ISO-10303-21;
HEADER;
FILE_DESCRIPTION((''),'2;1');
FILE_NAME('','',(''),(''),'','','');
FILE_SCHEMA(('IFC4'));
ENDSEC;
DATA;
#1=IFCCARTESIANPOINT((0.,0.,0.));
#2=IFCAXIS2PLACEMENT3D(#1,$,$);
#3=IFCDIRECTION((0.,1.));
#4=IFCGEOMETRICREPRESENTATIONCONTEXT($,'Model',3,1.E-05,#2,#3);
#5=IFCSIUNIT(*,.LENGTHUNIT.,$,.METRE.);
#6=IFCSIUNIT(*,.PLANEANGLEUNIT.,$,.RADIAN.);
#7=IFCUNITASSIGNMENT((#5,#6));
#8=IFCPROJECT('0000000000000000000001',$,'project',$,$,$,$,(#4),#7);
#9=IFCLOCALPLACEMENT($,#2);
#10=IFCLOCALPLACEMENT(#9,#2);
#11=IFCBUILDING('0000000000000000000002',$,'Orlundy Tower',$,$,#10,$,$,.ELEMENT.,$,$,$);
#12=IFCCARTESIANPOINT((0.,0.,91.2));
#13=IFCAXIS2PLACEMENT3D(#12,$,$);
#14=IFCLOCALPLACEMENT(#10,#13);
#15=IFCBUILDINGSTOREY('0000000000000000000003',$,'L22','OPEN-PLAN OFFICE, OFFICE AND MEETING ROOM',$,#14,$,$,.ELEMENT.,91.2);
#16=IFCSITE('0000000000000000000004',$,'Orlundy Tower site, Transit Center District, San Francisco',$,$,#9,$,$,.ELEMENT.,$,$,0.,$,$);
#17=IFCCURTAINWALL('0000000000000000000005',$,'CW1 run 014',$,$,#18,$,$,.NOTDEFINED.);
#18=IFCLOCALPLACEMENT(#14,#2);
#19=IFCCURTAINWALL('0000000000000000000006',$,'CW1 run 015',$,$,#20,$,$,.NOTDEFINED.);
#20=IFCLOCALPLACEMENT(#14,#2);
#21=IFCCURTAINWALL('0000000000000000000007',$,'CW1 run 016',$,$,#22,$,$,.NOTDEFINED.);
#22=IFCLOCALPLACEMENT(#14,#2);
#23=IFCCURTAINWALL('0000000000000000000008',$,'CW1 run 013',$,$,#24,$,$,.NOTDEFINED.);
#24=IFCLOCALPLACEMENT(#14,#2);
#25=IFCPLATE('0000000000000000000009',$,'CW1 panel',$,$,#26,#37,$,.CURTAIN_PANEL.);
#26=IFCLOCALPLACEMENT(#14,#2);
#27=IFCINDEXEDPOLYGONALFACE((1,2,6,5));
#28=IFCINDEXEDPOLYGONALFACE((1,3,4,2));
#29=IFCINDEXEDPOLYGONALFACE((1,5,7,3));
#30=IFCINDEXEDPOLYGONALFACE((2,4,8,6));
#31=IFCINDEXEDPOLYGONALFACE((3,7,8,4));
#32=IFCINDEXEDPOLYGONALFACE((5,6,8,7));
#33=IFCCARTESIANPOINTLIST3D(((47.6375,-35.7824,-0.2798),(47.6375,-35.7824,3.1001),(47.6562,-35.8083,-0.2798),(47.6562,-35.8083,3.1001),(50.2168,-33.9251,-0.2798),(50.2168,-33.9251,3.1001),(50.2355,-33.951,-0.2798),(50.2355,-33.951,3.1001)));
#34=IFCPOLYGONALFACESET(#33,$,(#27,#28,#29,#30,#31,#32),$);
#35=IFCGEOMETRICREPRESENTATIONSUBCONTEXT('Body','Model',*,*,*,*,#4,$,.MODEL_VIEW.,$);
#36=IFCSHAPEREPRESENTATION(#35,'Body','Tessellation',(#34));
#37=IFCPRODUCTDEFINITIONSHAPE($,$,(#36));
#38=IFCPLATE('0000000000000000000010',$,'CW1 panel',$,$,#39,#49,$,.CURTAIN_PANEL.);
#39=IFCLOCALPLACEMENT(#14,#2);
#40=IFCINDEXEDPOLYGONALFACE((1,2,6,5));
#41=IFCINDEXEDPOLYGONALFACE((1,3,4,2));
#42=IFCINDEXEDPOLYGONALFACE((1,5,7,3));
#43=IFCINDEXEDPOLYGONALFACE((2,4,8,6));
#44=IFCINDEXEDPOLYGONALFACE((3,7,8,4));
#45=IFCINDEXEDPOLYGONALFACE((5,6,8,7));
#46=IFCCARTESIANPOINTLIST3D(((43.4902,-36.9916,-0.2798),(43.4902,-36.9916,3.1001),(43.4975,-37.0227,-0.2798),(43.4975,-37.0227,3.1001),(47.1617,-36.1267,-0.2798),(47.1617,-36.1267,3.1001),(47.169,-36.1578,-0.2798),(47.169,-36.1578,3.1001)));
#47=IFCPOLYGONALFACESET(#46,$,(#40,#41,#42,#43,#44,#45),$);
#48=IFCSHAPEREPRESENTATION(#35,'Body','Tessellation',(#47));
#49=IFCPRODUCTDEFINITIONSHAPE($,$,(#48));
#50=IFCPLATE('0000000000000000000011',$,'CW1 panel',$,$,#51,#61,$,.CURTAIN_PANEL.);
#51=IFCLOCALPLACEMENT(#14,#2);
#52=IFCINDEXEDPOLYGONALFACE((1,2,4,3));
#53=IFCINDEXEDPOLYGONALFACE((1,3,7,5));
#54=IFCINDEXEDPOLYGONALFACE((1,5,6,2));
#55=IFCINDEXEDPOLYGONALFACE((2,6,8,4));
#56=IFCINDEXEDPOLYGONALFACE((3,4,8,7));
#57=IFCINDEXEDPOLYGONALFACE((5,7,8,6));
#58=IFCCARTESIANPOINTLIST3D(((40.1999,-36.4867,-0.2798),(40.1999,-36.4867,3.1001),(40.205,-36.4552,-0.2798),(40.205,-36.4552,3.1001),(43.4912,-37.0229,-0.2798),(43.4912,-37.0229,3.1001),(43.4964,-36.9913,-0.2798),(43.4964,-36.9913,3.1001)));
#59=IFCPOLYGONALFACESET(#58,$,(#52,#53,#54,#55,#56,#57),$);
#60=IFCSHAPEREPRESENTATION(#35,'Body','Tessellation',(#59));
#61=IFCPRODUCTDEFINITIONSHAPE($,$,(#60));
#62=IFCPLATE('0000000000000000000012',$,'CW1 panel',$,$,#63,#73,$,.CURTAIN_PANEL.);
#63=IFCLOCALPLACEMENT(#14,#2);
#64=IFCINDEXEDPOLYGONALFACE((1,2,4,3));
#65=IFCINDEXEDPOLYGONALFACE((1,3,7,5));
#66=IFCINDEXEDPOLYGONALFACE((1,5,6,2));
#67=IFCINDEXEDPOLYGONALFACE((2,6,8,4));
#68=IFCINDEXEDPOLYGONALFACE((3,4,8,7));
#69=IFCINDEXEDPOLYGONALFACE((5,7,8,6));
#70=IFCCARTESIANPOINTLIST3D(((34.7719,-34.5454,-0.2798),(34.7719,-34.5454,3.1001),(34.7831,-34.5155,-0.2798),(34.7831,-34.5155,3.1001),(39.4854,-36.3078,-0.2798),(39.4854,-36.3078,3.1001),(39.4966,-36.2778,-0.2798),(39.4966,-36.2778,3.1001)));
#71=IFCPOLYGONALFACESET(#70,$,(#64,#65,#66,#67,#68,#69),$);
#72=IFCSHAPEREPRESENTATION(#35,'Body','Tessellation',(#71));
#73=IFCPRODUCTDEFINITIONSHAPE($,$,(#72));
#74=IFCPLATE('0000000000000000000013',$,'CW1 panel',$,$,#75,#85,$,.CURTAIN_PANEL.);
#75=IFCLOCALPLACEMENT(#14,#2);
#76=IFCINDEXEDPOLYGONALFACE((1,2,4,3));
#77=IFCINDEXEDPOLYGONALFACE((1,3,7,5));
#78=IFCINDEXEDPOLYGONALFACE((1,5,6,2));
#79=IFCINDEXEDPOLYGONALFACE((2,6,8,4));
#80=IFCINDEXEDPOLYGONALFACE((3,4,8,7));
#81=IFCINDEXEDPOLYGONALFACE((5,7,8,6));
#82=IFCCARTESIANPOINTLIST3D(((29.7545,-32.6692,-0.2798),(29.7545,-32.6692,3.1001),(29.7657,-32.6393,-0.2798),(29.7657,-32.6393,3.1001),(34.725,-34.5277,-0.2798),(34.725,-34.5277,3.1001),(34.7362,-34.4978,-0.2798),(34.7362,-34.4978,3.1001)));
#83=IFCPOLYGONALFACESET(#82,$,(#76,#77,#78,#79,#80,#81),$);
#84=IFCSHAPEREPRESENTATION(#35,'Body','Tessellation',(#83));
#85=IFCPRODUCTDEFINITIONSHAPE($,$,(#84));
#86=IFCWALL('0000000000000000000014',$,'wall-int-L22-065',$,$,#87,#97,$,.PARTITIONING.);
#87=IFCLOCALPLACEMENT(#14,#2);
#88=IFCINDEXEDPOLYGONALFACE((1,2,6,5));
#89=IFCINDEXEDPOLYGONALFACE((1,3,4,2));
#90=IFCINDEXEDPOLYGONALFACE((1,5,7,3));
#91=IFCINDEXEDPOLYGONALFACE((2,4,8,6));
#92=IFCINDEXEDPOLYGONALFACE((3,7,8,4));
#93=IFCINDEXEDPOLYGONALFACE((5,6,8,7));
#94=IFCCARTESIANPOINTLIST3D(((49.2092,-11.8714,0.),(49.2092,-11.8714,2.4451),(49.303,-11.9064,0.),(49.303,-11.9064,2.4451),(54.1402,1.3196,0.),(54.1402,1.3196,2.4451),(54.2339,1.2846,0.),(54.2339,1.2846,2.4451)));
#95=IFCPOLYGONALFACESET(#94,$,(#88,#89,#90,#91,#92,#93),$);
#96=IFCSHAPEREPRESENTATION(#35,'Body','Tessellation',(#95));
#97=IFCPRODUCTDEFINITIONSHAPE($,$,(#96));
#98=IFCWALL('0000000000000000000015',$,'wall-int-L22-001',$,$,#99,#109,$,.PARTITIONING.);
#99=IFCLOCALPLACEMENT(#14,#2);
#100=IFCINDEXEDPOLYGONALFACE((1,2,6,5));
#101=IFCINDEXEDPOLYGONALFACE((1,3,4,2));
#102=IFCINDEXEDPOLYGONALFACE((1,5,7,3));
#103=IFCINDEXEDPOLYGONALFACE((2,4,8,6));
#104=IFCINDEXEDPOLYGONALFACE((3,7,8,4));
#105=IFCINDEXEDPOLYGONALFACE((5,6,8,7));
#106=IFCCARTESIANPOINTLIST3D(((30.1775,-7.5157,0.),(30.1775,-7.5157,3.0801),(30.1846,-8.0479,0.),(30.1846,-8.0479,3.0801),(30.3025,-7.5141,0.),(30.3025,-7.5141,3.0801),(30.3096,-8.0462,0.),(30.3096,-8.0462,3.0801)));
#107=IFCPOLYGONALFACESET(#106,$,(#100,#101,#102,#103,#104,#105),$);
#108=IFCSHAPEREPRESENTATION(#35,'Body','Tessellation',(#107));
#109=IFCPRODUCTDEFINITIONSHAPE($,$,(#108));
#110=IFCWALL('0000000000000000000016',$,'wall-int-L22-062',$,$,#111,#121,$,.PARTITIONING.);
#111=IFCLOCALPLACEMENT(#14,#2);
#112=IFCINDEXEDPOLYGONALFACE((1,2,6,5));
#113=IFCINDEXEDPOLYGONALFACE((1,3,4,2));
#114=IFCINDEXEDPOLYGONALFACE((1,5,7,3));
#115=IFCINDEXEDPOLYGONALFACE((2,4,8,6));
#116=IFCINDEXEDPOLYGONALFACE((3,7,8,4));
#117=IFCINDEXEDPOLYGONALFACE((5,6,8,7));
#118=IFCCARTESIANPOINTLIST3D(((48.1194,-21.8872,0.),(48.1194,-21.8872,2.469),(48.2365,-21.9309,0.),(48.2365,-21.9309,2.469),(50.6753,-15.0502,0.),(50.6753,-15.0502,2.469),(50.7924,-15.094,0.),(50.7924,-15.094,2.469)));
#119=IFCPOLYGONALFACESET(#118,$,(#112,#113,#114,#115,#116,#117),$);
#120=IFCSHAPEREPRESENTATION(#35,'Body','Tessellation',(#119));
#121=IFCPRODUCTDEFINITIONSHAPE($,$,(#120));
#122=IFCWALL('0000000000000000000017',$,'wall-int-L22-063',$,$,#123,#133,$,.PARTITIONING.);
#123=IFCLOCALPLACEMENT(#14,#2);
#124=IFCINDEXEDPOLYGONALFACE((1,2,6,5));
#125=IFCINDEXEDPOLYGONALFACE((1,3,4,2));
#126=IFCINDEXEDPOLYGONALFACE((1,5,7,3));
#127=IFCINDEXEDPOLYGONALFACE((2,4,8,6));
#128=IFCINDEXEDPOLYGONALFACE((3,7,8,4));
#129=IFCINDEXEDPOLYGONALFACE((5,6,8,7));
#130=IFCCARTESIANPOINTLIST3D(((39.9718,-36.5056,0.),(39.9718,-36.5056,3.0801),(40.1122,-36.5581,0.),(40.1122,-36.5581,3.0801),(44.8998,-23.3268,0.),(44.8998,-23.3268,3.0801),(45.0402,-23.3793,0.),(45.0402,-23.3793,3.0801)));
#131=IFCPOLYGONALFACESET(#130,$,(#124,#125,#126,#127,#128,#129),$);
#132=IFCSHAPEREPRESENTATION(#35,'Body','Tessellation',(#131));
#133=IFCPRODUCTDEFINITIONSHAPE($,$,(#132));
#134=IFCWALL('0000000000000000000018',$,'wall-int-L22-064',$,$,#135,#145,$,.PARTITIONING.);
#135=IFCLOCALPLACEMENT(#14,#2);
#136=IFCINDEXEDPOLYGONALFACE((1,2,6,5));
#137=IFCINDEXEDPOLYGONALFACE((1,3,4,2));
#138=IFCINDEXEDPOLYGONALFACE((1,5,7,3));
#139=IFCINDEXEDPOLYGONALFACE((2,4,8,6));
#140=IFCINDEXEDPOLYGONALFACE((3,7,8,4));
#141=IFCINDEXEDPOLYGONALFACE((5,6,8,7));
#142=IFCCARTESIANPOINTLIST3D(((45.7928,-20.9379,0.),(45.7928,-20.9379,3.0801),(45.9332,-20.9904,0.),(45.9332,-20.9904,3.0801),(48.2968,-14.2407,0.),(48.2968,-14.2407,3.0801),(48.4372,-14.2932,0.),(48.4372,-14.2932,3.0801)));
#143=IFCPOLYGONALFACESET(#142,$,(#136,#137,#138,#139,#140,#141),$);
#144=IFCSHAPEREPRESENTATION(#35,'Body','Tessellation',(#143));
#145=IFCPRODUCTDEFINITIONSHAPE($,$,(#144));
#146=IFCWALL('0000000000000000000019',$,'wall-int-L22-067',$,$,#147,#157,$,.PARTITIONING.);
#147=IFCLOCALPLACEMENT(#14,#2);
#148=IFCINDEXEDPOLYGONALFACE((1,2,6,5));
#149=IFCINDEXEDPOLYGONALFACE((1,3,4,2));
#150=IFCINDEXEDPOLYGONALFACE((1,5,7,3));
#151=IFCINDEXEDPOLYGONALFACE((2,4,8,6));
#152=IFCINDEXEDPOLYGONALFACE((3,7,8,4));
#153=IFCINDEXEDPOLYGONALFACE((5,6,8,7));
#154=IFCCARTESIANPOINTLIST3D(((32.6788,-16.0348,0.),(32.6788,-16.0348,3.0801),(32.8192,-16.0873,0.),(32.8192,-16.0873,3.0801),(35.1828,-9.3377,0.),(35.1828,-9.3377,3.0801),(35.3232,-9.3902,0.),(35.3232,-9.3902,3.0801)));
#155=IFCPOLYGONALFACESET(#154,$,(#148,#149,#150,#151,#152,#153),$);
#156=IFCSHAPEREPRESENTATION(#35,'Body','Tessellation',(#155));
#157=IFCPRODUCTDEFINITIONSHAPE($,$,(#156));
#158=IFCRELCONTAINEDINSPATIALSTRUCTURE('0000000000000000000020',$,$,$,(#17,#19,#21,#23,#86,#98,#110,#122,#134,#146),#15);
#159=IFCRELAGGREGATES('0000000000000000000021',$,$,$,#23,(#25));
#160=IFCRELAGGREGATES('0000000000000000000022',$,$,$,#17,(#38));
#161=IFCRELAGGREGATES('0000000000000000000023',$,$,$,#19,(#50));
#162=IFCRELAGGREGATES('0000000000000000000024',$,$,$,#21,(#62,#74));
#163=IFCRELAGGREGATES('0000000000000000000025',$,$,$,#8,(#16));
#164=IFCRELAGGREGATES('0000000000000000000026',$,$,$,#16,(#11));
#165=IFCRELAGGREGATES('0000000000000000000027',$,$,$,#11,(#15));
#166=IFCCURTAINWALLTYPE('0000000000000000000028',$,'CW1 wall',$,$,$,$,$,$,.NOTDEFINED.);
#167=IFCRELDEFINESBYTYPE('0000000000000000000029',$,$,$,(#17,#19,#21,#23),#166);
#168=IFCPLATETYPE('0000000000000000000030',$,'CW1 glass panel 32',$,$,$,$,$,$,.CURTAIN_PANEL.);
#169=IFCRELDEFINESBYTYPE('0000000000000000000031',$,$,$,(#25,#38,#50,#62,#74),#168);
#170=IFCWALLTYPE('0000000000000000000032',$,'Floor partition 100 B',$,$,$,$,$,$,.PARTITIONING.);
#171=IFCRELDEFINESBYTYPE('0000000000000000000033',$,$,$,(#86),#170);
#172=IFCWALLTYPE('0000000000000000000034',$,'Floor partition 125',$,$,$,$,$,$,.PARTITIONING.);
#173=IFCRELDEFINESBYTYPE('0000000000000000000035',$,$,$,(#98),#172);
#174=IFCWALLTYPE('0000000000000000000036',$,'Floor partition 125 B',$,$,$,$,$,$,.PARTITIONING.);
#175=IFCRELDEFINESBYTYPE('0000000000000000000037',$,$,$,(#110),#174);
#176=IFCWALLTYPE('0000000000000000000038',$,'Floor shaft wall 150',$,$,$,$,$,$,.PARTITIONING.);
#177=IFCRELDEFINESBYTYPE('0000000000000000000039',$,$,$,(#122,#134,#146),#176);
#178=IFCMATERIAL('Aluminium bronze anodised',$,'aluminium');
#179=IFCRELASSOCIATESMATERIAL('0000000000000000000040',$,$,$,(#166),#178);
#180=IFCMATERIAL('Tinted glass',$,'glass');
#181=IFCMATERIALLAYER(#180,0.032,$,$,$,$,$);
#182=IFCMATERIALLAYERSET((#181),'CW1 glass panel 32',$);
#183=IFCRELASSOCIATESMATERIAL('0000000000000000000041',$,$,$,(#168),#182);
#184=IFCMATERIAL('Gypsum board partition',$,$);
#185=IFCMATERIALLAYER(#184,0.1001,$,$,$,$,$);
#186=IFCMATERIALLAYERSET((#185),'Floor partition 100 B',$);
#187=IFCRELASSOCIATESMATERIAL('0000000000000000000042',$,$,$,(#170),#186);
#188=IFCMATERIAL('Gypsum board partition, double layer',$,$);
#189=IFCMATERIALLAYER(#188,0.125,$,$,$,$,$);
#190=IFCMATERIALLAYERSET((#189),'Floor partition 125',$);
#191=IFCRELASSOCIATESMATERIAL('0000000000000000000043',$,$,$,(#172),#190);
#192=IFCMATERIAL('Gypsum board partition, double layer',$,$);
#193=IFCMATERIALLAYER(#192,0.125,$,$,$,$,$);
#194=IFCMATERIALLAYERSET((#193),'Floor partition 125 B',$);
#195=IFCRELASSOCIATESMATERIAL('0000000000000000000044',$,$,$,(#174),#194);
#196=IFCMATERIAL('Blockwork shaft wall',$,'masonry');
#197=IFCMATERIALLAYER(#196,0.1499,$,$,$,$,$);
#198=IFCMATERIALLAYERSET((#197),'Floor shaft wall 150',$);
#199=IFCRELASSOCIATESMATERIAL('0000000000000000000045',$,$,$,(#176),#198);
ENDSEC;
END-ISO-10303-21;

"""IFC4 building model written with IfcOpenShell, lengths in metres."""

from ifc_helpers import new_model, si_unit, direction, frame, frame_2d, origin, origin_2d, place, context, subcontext, project, spatial, rectangle, extrude, material, layer, layer_set, type_object, element, aggregate, save


model = new_model("IFC4")

# Units and contexts
model_context = context("Model", 3, precision=1e-05, world=origin(), true_north=direction((0.0, 1.0)))
body_context = subcontext(model_context, "Body", "Model", "MODEL_VIEW")
ifc_project = project(units=[si_unit("LENGTHUNIT", "METRE"), si_unit("PLANEANGLEUNIT", "RADIAN")], contexts=[model_context])

# Site, building, storey
site_placement = place(None, origin())
site = spatial("IfcSite", under=ifc_project, at=site_placement, Name="Orlundy Tower site, Transit Center District, San Francisco", CompositionType="ELEMENT", RefElevation=0.0)
building_placement = place(site_placement, origin())
building = spatial("IfcBuilding", under=site, at=building_placement, Name="Orlundy Tower", CompositionType="ELEMENT")
storey_placement = place(building_placement, frame((0.0, 0.0, 91.2)))
storey = spatial("IfcBuildingStorey", under=building, at=storey_placement, Name="L22", Description="OPEN-PLAN OFFICE, OFFICE AND MEETING ROOM", CompositionType="ELEMENT", Elevation=91.2)

# Curtain walls
ifc_material_1 = material(Name="Aluminium bronze anodised", Category="aluminium")
curtain_wall_type = type_object("IfcCurtainWallType", Name="CW1 wall", PredefinedType="NOTDEFINED", material=ifc_material_1)
curtain_wall_1_placement = place(storey_placement, origin())
curtain_wall_1 = element("IfcCurtainWall", 1, at=curtain_wall_1_placement, inside=storey, type_object=curtain_wall_type, Name="CW1 run 014", PredefinedType="NOTDEFINED")
curtain_wall_2_placement = place(storey_placement, origin())
curtain_wall_2 = element("IfcCurtainWall", 2, at=curtain_wall_2_placement, inside=storey, type_object=curtain_wall_type, Name="CW1 run 015", PredefinedType="NOTDEFINED")
curtain_wall_3_placement = place(storey_placement, origin())
curtain_wall_3 = element("IfcCurtainWall", 3, at=curtain_wall_3_placement, inside=storey, type_object=curtain_wall_type, Name="CW1 run 016", PredefinedType="NOTDEFINED")

# Curtain wall, plate
curtain_wall_4_placement = place(storey_placement, origin())
curtain_wall_4 = element("IfcCurtainWall", 4, at=curtain_wall_4_placement, inside=storey, type_object=curtain_wall_type, Name="CW1 run 013", PredefinedType="NOTDEFINED")
ifc_material_2 = material(Name="Tinted glass", Category="glass")
ifc_layer_1 = layer(ifc_material_2, 0.032)
ifc_layer_set_1 = layer_set([ifc_layer_1], Name="CW1 glass panel 32")
plate_type = type_object("IfcPlateType", Name="CW1 glass panel 32", PredefinedType="CURTAIN_PANEL", material=ifc_layer_set_1)
plate_1_placement = place(storey_placement, frame((48.9365, -34.8667, -0.2798), z_axis=(0.0, 0.0, 1.0), x_axis=(-0.811504, -0.584347, 0.0)))
plate_1 = element("IfcPlate", 5, at=plate_1_placement, type_object=plate_type, Name="CW1 panel", PredefinedType="CURTAIN_PANEL", context=body_context, shape_type="SweptSolid", body=[
    extrude(rectangle(XDim=3.1785, YDim=0.032, at=origin_2d()), origin(), (0.0, 0.0, 1.0), 3.3799),
])
aggregate(curtain_wall_4, [plate_1])

# Plates
plate_2_placement = place(storey_placement, frame((45.3296, -36.5747, -0.2798), z_axis=(0.0, 0.0, 1.0), x_axis=(-0.973353, -0.22931, 0.0)))
plate_2 = element("IfcPlate", 6, at=plate_2_placement, type_object=plate_type, Name="CW1 panel", PredefinedType="CURTAIN_PANEL", context=body_context, shape_type="SweptSolid", body=[
    extrude(rectangle(XDim=3.772, YDim=0.032, at=origin_2d()), origin(), (0.0, 0.0, 1.0), 3.3799),
])
aggregate(curtain_wall_1, [plate_2])
plate_3_placement = place(storey_placement, frame((41.8481, -36.739, -0.2798), z_axis=(0.0, 0.0, 1.0), x_axis=(-0.986992, 0.160767, 0.0)))
plate_3 = element("IfcPlate", 7, at=plate_3_placement, type_object=plate_type, Name="CW1 panel", PredefinedType="CURTAIN_PANEL", context=body_context, shape_type="SweptSolid", body=[
    extrude(rectangle(XDim=3.3347, YDim=0.032, at=origin_2d()), origin(), (0.0, 0.0, 1.0), 3.3799),
])
aggregate(curtain_wall_2, [plate_3])
plate_4_placement = place(storey_placement, frame((37.1343, -35.4116, -0.2798), z_axis=(0.0, 0.0, 1.0), x_axis=(-0.936668, 0.350219, 0.0)))
plate_4 = element("IfcPlate", 8, at=plate_4_placement, type_object=plate_type, Name="CW1 panel", PredefinedType="CURTAIN_PANEL", context=body_context, shape_type="SweptSolid", body=[
    extrude(rectangle(XDim=5.0322, YDim=0.032, at=origin_2d()), origin(), (0.0, 0.0, 1.0), 3.3799),
])
plate_5_placement = place(storey_placement, frame((32.2454, -33.5835, -0.2798), z_axis=(0.0, 0.0, 1.0), x_axis=(-0.936668, 0.350219, 0.0)))
plate_5 = element("IfcPlate", 9, at=plate_5_placement, type_object=plate_type, Name="CW1 panel", PredefinedType="CURTAIN_PANEL", context=body_context, shape_type="SweptSolid", body=[
    extrude(rectangle(XDim=5.3066, YDim=0.032, at=origin_2d()), origin(), (0.0, 0.0, 1.0), 3.3799),
])
aggregate(curtain_wall_3, [plate_4, plate_5])

# Walls
ifc_material_3 = material(Name="Gypsum board partition")
ifc_layer_2 = layer(ifc_material_3, 0.1001)
ifc_layer_set_2 = layer_set([ifc_layer_2], Name="Floor partition 100 B")
wall_type_1 = type_object("IfcWallType", Name="Floor partition 100 B", PredefinedType="PARTITIONING", material=ifc_layer_set_2)
wall_1_placement = place(storey_placement, frame((49.2561, -11.8889, 0.0), z_axis=(0.0, 0.0, 1.0), x_axis=(0.350147, 0.936695, 0.0)))
element("IfcWall", 10, at=wall_1_placement, inside=storey, type_object=wall_type_1, Name="wall-int-L22-065", PredefinedType="PARTITIONING", context=body_context, shape_type="SweptSolid", body=[
    extrude(rectangle(XDim=14.0825, YDim=0.1001, at=frame_2d((7.0413, 0.0))), origin(), (0.0, 0.0, 1.0), 2.4451),
])
ifc_material_4 = material(Name="Gypsum board partition, double layer")
ifc_layer_3 = layer(ifc_material_4, 0.125)
ifc_layer_set_3 = layer_set([ifc_layer_3], Name="Floor partition 125")
wall_type_2 = type_object("IfcWallType", Name="Floor partition 125", PredefinedType="PARTITIONING", material=ifc_layer_set_3)
wall_2_placement = place(storey_placement, frame((30.24, -7.5149, 0.0), z_axis=(0.0, 0.0, 1.0), x_axis=(0.013302, -0.999912, 0.0)))
element("IfcWall", 11, at=wall_2_placement, inside=storey, type_object=wall_type_2, Name="wall-int-L22-001", PredefinedType="PARTITIONING", context=body_context, shape_type="SweptSolid", body=[
    extrude(rectangle(XDim=0.5322, YDim=0.125, at=frame_2d((0.2661, 0.0))), origin(), (0.0, 0.0, 1.0), 3.0801),
])
ifc_material_5 = material(Name="Gypsum board partition, double layer")
ifc_layer_4 = layer(ifc_material_5, 0.125)
ifc_layer_set_4 = layer_set([ifc_layer_4], Name="Floor partition 125 B")
wall_type_3 = type_object("IfcWallType", Name="Floor partition 125 B", PredefinedType="PARTITIONING", material=ifc_layer_set_4)
wall_3_placement = place(storey_placement, frame((48.178, -21.9089, 0.0), z_axis=(0.0, 0.0, 1.0), x_axis=(0.35017, 0.936686, 0.0)))
element("IfcWall", 12, at=wall_3_placement, inside=storey, type_object=wall_type_3, Name="wall-int-L22-062", PredefinedType="PARTITIONING", context=body_context, shape_type="SweptSolid", body=[
    extrude(rectangle(XDim=7.2991, YDim=0.125, at=frame_2d((3.6494, 0.0))), origin(), (0.0, 0.0, 1.0), 2.469),
])
ifc_material_6 = material(Name="Blockwork shaft wall", Category="masonry")
ifc_layer_5 = layer(ifc_material_6, 0.1499)
ifc_layer_set_5 = layer_set([ifc_layer_5], Name="Floor shaft wall 150")
wall_type_4 = type_object("IfcWallType", Name="Floor shaft wall 150", PredefinedType="PARTITIONING", material=ifc_layer_set_5)
wall_4_placement = place(storey_placement, frame((40.042, -36.532, 0.0), z_axis=(0.0, 0.0, 1.0), x_axis=(0.350243, 0.936659, 0.0)))
element("IfcWall", 13, at=wall_4_placement, inside=storey, type_object=wall_type_4, Name="wall-int-L22-063", PredefinedType="PARTITIONING", context=body_context, shape_type="SweptSolid", body=[
    extrude(rectangle(XDim=14.0701, YDim=0.1499, at=frame_2d((7.0352, 0.0))), origin(), (0.0, 0.0, 1.0), 3.0801),
])
for number, where, z_axis, x_axis, name in (
    (14, (45.863, -20.9641, 0.0), (0.0, 0.0, 1.0), (0.350206, 0.936673, 0.0), "wall-int-L22-064"),
    (15, (32.749, -16.061, 0.0), (0.0, 0.0, 1.0), (0.350206, 0.936673, 0.0), "wall-int-L22-067"),
):
    element("IfcWall", number, at=place(storey_placement, frame(where, z_axis=z_axis, x_axis=x_axis)), inside=storey, type_object=wall_type_4, Name=name, PredefinedType="PARTITIONING", context=body_context, shape_type="SweptSolid", body=[
        extrude(rectangle(XDim=7.1499, YDim=0.1499, at=frame_2d((3.575, 0.0))), origin(), (0.0, 0.0, 1.0), 3.0801),
    ])

save(model, "model.ifc")
